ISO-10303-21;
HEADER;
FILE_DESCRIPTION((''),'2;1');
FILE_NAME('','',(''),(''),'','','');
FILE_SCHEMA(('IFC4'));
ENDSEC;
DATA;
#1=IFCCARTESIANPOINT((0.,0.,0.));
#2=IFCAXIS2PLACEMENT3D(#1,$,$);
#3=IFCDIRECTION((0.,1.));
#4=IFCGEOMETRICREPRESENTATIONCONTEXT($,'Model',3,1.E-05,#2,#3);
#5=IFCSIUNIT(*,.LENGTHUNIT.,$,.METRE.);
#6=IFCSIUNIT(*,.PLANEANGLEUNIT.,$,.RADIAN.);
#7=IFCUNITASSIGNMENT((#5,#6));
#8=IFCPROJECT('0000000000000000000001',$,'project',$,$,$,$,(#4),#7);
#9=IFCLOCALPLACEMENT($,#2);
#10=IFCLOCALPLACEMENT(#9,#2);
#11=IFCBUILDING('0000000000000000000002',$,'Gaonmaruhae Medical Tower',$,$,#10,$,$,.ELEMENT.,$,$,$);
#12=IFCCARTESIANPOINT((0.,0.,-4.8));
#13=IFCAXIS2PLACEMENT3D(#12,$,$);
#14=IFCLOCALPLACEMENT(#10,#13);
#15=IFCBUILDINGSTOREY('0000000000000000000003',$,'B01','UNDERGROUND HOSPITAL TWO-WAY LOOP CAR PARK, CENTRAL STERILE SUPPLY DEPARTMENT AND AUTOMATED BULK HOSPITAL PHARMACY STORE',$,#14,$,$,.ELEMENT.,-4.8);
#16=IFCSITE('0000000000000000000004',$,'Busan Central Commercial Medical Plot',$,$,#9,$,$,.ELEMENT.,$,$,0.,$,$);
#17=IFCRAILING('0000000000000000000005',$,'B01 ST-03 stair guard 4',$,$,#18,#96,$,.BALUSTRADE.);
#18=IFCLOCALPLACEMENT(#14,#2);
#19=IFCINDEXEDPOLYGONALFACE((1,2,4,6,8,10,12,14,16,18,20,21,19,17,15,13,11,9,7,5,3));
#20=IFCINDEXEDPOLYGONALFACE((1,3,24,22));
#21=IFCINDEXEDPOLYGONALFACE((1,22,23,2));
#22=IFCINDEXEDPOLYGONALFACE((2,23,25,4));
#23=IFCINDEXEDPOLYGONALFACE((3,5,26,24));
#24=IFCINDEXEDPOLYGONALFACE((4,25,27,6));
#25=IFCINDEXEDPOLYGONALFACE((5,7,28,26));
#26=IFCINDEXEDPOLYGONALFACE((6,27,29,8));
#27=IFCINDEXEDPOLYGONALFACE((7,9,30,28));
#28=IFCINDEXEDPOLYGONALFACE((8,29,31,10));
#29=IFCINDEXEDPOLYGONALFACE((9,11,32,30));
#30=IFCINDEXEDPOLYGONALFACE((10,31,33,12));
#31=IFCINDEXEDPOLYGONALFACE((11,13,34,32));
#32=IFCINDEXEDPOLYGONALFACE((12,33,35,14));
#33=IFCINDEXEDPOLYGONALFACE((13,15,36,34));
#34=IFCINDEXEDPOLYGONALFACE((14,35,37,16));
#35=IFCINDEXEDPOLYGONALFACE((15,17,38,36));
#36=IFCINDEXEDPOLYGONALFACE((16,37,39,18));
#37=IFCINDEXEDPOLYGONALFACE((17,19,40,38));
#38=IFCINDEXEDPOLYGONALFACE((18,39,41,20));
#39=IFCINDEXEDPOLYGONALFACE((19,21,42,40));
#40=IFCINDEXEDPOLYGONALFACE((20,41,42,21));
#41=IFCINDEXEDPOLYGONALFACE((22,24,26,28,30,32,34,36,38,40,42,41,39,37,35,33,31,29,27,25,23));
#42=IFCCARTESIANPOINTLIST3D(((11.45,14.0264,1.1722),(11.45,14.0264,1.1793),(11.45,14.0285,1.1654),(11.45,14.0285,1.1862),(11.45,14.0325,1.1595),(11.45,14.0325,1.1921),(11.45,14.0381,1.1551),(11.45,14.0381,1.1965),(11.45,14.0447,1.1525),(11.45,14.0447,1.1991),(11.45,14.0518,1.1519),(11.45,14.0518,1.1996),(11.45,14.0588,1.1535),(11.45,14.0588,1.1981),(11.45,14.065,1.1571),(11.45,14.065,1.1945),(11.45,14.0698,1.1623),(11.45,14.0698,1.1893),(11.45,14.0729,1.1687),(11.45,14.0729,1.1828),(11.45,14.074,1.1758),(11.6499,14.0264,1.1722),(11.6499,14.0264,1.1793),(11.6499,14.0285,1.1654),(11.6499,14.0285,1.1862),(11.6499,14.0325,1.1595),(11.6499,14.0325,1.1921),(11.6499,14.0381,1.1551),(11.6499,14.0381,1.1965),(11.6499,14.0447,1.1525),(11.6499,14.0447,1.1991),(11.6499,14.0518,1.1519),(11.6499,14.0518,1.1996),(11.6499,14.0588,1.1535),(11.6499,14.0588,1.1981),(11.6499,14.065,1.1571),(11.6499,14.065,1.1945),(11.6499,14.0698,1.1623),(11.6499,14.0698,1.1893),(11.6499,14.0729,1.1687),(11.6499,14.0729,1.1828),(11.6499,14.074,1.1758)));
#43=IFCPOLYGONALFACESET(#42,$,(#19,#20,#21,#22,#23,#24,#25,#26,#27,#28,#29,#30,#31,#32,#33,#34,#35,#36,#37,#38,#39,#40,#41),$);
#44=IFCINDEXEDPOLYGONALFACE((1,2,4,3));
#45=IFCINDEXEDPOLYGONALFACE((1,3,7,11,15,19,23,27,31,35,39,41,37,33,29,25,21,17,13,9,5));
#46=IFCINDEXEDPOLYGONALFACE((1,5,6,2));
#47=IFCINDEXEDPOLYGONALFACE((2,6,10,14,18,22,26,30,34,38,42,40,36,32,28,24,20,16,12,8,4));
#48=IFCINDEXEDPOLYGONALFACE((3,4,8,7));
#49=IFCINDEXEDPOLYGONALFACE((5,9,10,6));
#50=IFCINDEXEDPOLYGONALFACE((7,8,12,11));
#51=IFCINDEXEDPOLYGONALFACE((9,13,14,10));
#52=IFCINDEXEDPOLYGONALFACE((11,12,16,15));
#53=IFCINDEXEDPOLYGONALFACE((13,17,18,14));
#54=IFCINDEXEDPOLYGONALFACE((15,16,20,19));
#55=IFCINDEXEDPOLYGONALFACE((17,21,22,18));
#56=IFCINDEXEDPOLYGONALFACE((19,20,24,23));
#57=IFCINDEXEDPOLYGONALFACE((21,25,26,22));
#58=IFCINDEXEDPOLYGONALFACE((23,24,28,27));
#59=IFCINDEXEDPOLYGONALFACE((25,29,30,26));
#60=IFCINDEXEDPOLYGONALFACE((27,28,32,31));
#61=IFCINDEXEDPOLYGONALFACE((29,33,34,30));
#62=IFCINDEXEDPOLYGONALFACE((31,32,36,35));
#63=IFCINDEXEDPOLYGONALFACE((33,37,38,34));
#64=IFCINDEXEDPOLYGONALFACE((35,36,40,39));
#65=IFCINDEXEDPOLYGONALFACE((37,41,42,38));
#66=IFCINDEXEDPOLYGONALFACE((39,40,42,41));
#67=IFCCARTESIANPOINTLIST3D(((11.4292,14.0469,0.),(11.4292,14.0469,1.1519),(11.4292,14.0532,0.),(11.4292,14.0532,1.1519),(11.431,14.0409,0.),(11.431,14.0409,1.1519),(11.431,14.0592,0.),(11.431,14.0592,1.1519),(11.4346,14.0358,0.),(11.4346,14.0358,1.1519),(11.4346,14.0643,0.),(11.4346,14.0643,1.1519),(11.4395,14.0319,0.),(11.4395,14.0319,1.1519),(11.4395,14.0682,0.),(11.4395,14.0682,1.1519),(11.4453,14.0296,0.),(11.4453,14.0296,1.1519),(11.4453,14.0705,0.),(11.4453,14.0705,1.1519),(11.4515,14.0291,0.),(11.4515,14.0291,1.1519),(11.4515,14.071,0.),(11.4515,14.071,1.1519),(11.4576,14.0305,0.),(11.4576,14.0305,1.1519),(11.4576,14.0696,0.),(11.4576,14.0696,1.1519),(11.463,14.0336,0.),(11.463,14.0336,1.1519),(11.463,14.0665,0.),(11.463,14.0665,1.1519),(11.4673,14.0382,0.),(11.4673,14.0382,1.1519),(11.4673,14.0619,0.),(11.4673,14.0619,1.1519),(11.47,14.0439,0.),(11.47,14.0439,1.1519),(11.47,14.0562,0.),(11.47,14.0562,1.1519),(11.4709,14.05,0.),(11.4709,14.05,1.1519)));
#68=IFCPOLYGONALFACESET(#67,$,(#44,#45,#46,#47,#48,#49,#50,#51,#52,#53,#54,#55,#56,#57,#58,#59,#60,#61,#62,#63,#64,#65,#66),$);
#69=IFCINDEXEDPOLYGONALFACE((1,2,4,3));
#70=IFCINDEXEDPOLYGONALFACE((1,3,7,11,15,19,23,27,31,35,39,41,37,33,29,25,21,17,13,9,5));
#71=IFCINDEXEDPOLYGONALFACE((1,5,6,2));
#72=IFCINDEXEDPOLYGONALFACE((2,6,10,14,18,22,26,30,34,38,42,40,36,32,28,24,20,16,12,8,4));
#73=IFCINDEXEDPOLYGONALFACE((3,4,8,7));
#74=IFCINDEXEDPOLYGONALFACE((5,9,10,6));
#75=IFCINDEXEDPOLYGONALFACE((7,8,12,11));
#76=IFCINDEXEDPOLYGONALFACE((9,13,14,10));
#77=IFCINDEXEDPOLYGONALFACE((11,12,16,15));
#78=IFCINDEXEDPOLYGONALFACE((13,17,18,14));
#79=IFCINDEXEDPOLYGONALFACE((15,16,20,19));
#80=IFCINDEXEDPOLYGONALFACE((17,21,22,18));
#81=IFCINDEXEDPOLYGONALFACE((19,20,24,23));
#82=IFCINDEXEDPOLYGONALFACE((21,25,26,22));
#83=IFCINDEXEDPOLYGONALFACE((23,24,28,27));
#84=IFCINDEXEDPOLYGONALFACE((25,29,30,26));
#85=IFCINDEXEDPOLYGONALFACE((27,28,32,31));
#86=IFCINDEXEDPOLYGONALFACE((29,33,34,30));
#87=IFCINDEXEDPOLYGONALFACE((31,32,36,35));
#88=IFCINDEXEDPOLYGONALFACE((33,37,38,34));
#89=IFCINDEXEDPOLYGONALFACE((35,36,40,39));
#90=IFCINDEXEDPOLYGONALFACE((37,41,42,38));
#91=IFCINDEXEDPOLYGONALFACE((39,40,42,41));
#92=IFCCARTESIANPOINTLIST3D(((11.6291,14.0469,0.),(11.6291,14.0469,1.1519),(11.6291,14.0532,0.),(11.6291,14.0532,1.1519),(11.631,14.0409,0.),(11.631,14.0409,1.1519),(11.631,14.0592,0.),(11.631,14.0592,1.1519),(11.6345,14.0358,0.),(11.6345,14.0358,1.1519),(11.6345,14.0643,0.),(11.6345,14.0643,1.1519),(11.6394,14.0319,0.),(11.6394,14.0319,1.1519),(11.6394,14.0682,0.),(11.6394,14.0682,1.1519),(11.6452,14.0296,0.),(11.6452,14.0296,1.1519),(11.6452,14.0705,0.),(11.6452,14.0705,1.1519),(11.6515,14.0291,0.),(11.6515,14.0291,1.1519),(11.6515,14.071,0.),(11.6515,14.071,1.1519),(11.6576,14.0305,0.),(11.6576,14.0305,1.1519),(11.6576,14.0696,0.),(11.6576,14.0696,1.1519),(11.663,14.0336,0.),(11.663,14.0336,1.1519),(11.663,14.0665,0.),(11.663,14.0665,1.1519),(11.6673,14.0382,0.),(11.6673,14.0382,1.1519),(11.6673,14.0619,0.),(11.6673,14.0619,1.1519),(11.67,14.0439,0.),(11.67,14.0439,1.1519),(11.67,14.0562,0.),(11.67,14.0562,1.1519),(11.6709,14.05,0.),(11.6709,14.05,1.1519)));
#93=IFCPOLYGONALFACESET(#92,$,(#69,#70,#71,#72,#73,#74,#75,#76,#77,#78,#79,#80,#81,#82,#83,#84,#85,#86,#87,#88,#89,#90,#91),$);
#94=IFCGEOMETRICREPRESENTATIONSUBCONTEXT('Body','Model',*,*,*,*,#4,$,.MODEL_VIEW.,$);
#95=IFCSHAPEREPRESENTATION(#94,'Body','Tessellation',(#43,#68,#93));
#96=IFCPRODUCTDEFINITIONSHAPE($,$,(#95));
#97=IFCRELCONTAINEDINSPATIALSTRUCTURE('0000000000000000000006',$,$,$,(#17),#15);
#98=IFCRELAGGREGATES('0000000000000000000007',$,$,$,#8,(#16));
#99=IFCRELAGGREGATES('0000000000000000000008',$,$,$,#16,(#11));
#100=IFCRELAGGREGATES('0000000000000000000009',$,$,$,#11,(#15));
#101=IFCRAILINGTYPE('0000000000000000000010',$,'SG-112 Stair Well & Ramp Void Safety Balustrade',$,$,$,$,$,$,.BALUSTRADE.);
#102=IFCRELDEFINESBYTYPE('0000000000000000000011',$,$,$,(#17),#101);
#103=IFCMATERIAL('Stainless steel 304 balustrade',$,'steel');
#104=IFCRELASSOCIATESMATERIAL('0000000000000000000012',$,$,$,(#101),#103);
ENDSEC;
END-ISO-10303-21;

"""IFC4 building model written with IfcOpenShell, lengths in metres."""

from ifc_helpers import new_model, si_unit, direction, frame, origin, origin_2d, place, context, subcontext, project, spatial, circle, extrude, material, type_object, element, save


model = new_model("IFC4")

# Units and contexts
model_context = context("Model", 3, precision=1e-05, world=origin(), true_north=direction((0.0, 1.0)))
body_context = subcontext(model_context, "Body", "Model", "MODEL_VIEW")
ifc_project = project(units=[si_unit("LENGTHUNIT", "METRE"), si_unit("PLANEANGLEUNIT", "RADIAN")], contexts=[model_context])

# Site, building, storey
site_placement = place(None, origin())
site = spatial("IfcSite", under=ifc_project, at=site_placement, Name="Busan Central Commercial Medical Plot", CompositionType="ELEMENT", RefElevation=0.0)
building_placement = place(site_placement, origin())
building = spatial("IfcBuilding", under=site, at=building_placement, Name="Gaonmaruhae Medical Tower", CompositionType="ELEMENT")
storey_placement = place(building_placement, frame((0.0, 0.0, -4.8)))
storey = spatial("IfcBuildingStorey", under=building, at=storey_placement, Name="B01", Description="UNDERGROUND HOSPITAL TWO-WAY LOOP CAR PARK, CENTRAL STERILE SUPPLY DEPARTMENT AND AUTOMATED BULK HOSPITAL PHARMACY STORE", CompositionType="ELEMENT", Elevation=-4.8)

# Railing
ifc_material_1 = material(Name="Stainless steel 304 balustrade", Category="steel")
railing_type_1 = type_object("IfcRailingType", Name="SG-112 Stair Well & Ramp Void Safety Balustrade", PredefinedType="BALUSTRADE", material=ifc_material_1)
railing_1_placement = place(storey_placement, frame((11.45, 14.05, 0.0)))
element("IfcRailing", 1, at=railing_1_placement, inside=storey, type_object=railing_type_1, Name="B01 ST-03 stair guard 4", PredefinedType="BALUSTRADE", context=body_context, shape_type="SweptSolid", body=[
    extrude(circle(Radius=0.0239, at=origin_2d()), frame((0.0, 0.0, 1.1758), z_axis=(1.0, 0.0, 0.0), x_axis=(0.0, 1.0, 0.0)), (0.0, 0.0, 1.0), 0.2),
    extrude(circle(Radius=0.021, at=origin_2d()), origin(), (0.0, 0.0, 1.0), 1.1519),
    extrude(circle(Radius=0.021, at=origin_2d()), frame((0.2, 0.0, 0.0)), (0.0, 0.0, 1.0), 1.1519),
])

save(model, "model.ifc")
